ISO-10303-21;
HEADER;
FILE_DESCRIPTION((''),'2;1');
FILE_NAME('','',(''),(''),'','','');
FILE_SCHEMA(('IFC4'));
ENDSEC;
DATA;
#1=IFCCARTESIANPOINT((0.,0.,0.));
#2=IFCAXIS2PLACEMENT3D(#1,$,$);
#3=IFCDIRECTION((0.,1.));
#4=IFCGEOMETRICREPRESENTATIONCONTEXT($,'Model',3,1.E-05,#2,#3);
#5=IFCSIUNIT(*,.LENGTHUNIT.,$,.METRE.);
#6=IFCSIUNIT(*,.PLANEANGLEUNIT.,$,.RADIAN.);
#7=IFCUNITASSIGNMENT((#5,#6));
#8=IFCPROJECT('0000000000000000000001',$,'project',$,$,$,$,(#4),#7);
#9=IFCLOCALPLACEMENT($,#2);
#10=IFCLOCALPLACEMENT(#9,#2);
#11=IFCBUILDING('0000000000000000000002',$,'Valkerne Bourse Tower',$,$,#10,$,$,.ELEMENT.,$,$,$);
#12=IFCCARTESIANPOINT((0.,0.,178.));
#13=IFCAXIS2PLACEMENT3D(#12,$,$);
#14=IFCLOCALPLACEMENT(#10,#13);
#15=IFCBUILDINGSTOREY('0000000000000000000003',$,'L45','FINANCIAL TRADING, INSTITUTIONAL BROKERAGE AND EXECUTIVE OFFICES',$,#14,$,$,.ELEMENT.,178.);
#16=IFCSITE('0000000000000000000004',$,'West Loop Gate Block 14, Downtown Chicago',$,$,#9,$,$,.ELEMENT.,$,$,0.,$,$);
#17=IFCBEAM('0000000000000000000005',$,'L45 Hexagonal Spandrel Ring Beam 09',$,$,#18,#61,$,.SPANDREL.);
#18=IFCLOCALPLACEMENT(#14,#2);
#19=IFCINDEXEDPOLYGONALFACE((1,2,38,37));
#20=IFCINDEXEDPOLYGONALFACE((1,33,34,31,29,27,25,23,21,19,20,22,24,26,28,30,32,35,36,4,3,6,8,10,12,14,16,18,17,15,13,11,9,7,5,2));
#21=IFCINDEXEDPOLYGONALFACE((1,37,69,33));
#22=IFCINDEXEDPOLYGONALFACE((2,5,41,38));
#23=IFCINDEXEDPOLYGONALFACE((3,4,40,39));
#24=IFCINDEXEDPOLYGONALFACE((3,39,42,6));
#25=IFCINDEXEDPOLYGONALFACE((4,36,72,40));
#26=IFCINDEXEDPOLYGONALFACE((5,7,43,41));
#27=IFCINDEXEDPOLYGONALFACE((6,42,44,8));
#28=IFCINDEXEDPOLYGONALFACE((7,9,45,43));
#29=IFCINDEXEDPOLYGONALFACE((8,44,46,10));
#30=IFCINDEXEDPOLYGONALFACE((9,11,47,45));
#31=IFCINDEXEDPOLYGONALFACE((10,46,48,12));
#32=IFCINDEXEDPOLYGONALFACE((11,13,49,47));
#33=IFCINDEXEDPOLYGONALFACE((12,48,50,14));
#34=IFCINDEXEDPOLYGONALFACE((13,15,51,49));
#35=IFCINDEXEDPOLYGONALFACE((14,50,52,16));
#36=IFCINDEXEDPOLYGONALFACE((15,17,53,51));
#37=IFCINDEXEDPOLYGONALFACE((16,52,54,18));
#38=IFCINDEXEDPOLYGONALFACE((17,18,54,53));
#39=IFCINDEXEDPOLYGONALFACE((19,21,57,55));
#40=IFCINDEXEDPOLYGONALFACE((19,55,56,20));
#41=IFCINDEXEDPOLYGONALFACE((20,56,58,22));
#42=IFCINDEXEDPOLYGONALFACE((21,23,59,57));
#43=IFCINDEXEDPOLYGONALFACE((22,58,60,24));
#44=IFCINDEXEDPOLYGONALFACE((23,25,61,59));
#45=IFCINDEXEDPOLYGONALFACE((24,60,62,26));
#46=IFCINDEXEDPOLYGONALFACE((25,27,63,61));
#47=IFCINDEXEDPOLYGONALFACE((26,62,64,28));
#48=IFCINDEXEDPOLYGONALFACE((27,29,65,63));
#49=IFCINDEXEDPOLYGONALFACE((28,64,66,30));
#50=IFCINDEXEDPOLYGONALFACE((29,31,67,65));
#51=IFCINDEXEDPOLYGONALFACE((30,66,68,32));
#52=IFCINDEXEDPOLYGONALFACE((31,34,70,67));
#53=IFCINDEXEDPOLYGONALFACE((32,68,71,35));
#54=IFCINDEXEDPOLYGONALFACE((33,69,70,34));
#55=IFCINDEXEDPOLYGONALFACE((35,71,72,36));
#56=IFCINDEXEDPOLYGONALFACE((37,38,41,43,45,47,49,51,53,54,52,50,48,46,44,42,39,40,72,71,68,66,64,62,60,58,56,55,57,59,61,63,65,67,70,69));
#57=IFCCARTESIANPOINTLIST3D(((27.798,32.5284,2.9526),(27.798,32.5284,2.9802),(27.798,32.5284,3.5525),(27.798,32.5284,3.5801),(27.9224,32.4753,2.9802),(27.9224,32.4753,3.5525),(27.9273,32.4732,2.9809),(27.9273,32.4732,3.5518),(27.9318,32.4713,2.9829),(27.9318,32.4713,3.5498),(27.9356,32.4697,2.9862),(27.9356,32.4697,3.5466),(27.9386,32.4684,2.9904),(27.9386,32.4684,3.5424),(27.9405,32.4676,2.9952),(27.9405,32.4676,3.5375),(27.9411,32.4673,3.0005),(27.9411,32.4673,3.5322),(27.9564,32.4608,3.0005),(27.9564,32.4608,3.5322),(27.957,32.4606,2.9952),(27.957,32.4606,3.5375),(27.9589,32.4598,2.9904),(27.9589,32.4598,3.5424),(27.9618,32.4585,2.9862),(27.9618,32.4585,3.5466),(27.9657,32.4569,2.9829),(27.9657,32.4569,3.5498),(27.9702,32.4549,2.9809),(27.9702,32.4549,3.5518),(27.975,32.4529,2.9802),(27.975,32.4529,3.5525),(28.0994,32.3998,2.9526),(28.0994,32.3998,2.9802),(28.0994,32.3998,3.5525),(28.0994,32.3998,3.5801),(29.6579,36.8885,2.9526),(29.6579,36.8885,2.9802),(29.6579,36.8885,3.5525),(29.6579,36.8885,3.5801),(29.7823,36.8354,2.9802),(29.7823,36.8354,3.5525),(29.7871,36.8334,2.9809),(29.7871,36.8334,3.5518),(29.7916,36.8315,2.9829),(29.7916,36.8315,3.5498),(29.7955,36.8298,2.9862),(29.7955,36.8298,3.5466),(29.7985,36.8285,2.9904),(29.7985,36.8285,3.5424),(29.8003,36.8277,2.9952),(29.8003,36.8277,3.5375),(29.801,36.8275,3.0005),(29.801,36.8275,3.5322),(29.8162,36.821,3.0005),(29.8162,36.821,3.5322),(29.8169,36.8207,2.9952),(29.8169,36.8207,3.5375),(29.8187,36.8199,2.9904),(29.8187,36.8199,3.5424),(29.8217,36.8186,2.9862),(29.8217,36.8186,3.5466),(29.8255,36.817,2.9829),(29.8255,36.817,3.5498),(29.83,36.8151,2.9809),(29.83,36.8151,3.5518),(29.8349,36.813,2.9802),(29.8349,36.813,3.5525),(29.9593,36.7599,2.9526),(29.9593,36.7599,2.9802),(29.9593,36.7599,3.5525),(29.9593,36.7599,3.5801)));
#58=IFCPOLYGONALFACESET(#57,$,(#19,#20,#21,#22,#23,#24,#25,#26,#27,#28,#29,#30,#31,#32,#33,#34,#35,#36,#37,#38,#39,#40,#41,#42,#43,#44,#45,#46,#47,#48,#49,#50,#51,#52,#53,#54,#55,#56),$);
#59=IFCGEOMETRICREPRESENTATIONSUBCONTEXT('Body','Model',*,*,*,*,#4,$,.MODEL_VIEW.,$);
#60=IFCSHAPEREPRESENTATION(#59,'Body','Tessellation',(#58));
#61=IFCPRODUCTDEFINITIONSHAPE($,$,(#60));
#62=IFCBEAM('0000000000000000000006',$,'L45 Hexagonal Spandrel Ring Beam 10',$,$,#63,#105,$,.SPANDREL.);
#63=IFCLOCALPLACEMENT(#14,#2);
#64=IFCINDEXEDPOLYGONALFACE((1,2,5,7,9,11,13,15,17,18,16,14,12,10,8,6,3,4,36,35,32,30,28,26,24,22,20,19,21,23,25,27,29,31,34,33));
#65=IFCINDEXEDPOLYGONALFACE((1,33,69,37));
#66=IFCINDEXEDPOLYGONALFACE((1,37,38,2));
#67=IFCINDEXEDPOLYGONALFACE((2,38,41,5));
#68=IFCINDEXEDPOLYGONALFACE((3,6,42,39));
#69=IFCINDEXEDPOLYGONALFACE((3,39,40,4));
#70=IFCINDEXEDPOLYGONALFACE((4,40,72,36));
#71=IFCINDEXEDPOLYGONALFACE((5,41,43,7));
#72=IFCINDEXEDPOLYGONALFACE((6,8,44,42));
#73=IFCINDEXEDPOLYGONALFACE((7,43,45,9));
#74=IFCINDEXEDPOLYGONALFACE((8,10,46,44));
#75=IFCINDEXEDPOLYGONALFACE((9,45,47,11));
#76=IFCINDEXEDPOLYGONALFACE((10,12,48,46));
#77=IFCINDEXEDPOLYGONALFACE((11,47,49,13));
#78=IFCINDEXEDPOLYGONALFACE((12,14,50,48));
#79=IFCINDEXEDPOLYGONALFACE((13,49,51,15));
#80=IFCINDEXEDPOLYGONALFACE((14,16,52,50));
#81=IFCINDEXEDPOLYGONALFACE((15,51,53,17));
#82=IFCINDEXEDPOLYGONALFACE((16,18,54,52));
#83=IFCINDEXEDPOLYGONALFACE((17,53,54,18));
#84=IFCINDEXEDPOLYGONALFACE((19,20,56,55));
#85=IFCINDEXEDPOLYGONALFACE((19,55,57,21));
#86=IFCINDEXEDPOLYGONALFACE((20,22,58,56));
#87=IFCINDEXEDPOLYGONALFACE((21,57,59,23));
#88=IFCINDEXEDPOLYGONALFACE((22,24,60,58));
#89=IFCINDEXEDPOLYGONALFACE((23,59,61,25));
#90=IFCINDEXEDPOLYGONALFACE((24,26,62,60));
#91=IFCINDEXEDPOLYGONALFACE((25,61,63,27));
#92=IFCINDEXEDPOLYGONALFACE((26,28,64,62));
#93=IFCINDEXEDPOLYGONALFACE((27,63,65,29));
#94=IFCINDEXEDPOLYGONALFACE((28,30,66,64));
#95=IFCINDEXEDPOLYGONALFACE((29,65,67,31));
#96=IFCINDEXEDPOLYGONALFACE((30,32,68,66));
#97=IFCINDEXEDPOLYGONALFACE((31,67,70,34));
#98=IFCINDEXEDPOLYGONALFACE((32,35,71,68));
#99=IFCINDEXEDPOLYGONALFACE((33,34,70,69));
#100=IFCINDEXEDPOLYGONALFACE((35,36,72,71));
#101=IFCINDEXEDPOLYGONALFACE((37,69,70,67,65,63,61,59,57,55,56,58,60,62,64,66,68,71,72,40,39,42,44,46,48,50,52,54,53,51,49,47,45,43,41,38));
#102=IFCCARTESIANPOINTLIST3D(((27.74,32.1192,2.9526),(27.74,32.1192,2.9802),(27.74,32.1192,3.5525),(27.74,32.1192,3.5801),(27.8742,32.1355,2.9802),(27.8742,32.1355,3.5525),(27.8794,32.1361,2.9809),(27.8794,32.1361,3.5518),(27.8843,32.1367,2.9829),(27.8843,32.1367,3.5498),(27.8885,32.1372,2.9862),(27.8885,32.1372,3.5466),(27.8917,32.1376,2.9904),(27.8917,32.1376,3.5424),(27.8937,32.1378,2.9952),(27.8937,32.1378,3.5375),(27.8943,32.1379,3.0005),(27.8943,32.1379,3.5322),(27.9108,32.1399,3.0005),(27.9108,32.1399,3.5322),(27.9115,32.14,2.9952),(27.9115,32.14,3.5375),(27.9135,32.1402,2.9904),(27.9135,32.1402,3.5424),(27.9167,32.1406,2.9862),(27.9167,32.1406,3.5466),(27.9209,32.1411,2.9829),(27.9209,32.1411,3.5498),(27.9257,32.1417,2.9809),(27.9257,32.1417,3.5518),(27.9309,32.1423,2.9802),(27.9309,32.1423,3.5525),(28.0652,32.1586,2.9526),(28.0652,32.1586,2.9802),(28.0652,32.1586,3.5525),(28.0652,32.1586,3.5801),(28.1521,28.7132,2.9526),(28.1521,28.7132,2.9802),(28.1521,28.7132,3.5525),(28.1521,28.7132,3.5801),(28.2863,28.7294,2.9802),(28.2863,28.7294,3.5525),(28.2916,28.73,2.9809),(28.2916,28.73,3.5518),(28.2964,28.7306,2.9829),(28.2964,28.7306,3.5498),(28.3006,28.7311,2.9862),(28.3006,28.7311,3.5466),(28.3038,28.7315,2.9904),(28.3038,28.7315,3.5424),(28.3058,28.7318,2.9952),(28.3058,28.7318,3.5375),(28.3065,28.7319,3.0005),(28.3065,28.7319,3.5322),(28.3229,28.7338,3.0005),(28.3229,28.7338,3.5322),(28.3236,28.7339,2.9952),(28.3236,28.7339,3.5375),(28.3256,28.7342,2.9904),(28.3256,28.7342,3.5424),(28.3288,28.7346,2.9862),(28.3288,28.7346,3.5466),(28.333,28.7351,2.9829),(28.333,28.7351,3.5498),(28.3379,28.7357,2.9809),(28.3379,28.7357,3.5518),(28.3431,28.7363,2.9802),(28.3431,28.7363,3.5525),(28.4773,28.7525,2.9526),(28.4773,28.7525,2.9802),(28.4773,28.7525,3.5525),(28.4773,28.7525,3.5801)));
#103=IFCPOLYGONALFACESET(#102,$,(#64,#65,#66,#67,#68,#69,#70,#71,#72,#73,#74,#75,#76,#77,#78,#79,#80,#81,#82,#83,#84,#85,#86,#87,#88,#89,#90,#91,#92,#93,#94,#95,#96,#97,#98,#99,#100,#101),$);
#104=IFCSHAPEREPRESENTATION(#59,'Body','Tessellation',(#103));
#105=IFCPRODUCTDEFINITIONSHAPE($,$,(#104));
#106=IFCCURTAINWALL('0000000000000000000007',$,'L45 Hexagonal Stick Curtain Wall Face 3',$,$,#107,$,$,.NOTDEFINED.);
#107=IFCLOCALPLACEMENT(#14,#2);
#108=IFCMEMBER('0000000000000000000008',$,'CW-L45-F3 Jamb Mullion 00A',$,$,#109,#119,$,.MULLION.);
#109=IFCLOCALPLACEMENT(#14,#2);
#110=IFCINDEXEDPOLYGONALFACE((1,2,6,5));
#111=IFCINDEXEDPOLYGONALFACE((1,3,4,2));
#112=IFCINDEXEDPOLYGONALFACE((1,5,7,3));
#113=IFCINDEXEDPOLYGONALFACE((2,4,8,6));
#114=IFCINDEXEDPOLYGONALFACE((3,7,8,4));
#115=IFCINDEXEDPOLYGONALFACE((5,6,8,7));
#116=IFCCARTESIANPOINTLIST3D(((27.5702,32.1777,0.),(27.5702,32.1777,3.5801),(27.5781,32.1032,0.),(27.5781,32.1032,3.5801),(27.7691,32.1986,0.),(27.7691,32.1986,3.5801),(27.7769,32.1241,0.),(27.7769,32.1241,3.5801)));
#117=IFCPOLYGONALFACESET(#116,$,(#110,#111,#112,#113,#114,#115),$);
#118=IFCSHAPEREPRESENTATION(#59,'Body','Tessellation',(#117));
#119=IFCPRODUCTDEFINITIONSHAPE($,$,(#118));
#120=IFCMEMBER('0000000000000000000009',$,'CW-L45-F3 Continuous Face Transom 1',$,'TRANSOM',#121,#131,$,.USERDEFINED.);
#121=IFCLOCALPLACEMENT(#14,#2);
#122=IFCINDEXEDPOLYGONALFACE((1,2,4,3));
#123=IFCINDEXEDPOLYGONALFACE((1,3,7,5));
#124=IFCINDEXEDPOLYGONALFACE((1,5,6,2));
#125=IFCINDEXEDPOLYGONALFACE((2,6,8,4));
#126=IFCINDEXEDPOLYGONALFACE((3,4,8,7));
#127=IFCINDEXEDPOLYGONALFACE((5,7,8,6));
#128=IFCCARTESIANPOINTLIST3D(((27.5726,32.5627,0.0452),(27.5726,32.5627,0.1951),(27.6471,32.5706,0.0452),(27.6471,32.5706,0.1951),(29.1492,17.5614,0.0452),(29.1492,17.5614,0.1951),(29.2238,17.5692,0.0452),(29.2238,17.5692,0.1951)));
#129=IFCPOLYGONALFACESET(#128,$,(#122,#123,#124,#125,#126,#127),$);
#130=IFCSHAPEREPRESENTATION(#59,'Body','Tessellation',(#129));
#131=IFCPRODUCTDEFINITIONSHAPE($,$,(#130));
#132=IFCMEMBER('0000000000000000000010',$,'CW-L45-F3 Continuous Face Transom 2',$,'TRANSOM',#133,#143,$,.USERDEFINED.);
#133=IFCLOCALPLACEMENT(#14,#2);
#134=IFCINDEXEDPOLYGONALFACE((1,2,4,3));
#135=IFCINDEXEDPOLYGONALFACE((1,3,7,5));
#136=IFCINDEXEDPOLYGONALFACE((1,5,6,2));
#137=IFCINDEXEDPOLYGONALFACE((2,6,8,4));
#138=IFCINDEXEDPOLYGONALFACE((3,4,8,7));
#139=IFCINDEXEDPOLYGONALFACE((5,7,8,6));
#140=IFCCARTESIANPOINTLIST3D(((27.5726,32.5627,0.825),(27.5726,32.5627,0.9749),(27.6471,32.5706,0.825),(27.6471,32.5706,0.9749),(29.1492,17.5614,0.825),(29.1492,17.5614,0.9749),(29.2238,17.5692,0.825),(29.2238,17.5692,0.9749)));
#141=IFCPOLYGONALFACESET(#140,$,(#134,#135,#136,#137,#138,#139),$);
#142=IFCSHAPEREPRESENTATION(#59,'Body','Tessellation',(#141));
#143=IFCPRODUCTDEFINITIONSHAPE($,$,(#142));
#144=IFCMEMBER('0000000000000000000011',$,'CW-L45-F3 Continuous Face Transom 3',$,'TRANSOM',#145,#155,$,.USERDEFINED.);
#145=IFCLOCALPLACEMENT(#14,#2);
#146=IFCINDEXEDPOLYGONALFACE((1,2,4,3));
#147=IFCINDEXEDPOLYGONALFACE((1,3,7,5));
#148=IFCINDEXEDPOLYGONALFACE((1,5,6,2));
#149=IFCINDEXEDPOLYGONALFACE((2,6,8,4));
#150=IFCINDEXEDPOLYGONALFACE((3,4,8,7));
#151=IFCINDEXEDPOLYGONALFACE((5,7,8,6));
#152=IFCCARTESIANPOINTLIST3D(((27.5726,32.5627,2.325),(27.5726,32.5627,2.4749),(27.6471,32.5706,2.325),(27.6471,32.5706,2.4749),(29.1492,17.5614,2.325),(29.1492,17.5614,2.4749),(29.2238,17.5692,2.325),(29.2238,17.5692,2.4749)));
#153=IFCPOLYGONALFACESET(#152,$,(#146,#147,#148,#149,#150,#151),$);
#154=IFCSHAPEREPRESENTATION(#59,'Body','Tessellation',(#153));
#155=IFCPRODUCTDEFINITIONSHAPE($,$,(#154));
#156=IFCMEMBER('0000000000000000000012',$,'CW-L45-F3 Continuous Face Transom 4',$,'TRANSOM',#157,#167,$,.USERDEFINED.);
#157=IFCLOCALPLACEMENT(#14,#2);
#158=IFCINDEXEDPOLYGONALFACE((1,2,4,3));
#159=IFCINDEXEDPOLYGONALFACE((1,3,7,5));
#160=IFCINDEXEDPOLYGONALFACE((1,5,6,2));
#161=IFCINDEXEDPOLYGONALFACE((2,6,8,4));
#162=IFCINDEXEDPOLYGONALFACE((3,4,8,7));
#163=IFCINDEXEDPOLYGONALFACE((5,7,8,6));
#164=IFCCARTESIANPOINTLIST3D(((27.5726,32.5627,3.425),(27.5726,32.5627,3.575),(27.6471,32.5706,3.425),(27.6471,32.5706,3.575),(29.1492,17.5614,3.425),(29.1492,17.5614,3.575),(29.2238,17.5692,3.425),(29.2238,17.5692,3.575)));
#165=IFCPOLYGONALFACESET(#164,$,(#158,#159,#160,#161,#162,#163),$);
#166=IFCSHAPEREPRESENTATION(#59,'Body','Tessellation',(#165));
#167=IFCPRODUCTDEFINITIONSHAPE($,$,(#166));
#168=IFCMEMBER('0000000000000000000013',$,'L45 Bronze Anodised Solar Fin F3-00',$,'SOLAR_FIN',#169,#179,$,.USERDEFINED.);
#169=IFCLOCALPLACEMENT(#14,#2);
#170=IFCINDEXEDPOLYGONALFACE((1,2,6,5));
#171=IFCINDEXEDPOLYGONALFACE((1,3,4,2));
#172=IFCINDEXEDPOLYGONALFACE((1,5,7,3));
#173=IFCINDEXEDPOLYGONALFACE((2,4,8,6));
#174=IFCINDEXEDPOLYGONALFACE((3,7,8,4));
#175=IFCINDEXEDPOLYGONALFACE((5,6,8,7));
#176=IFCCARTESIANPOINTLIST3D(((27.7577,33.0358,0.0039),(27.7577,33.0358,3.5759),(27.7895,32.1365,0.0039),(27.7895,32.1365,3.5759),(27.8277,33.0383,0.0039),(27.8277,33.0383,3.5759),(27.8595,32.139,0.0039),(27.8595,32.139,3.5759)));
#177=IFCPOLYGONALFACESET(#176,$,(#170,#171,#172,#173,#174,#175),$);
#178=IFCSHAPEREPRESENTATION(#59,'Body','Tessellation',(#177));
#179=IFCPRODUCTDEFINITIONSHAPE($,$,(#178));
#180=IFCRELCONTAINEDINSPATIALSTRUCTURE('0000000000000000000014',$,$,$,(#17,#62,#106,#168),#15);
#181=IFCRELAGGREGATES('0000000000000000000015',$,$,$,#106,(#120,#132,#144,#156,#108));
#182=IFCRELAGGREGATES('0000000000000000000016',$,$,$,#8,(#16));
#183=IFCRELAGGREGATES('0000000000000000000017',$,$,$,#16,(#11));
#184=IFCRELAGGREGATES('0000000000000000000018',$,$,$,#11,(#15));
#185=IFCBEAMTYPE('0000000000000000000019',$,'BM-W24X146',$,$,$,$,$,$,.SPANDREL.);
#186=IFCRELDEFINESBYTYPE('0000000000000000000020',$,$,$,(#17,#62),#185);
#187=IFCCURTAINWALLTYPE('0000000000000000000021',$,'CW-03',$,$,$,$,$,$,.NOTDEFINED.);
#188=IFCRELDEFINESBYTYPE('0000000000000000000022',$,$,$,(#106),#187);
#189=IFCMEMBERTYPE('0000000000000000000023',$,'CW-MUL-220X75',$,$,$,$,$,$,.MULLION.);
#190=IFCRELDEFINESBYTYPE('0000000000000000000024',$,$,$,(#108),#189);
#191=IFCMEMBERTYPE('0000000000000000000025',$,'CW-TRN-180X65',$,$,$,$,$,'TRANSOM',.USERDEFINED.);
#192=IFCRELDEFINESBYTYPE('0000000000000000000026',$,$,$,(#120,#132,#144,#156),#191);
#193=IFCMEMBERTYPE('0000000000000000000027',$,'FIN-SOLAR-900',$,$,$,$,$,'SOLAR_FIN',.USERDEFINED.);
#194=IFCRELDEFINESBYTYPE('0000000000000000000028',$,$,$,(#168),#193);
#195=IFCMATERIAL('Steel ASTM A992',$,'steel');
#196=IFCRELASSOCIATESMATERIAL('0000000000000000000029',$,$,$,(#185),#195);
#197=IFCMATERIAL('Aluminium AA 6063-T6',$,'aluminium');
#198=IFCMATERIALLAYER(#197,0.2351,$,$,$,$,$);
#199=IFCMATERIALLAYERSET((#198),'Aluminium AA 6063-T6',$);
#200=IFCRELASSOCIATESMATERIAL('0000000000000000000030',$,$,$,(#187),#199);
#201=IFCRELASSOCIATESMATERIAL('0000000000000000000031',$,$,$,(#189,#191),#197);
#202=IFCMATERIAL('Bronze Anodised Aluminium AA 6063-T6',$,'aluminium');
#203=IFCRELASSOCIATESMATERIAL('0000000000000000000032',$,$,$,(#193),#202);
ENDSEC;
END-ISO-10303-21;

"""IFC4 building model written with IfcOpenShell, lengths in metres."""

from ifc_helpers import new_model, si_unit, direction, frame, origin, origin_2d, place, context, subcontext, project, spatial, rectangle, i_section, extrude, material, layer, layer_set, material_profile, profile_set, type_object, element, aggregate, save


model = new_model("IFC4")

# Units and contexts
model_context = context("Model", 3, precision=1e-05, world=origin(), true_north=direction((0.0, 1.0)))
body_context = subcontext(model_context, "Body", "Model", "MODEL_VIEW")
ifc_project = project(units=[si_unit("LENGTHUNIT", "METRE"), si_unit("PLANEANGLEUNIT", "RADIAN")], contexts=[model_context])

# Site, building, storey
site_placement = place(None, origin())
site = spatial("IfcSite", under=ifc_project, at=site_placement, Name="West Loop Gate Block 14, Downtown Chicago", CompositionType="ELEMENT", RefElevation=0.0)
building_placement = place(site_placement, origin())
building = spatial("IfcBuilding", under=site, at=building_placement, Name="Valkerne Bourse Tower", CompositionType="ELEMENT")
storey_placement = place(building_placement, frame((0.0, 0.0, 178.0)))
storey = spatial("IfcBuildingStorey", under=building, at=storey_placement, Name="L45", Description="FINANCIAL TRADING, INSTITUTIONAL BROKERAGE AND EXECUTIVE OFFICES", CompositionType="ELEMENT", Elevation=178.0)

# Beams
ifc_material_1 = material(Name="Steel ASTM A992", Category="steel")
ifc_material_profile_1 = material_profile(ifc_material_1, i_section(OverallWidth=0.3276, OverallDepth=0.6274, WebThickness=0.0166, FlangeThickness=0.0276, FilletRadius=0.0203, at=origin_2d()), Name="W24X146")
ifc_profile_set_1 = profile_set([ifc_material_profile_1], Name="Steel ASTM A992")
beam_type_1 = type_object("IfcBeamType", Name="BM-W24X146", PredefinedType="SPANDREL", material=ifc_profile_set_1)
beam_1_placement = place(storey_placement, frame((29.8086, 36.8242, 3.2664), z_axis=(-0.392359, -0.919812, 0.0), x_axis=(0.919812, -0.392359, 0.0)))
element("IfcBeam", 1, at=beam_1_placement, inside=storey, type_object=beam_type_1, Name="L45 Hexagonal Spandrel Ring Beam 09", PredefinedType="SPANDREL", context=body_context, shape_type="SweptSolid", body=[
    extrude(i_section(OverallWidth=0.3276, OverallDepth=0.6274, WebThickness=0.0166, FlangeThickness=0.0276, FilletRadius=0.0203, at=origin_2d()), origin(), (0.0, 0.0, 1.0), 4.7402),
])
beam_2_placement = place(storey_placement, frame((27.9026, 32.1389, 3.2664), z_axis=(0.120119, -0.99276, 0.0), x_axis=(0.99276, 0.120119, 0.0)))
element("IfcBeam", 2, at=beam_2_placement, inside=storey, type_object=beam_type_1, Name="L45 Hexagonal Spandrel Ring Beam 10", PredefinedType="SPANDREL", context=body_context, shape_type="SweptSolid", body=[
    extrude(i_section(OverallWidth=0.3276, OverallDepth=0.6274, WebThickness=0.0166, FlangeThickness=0.0276, FilletRadius=0.0203, at=origin_2d()), origin(), (0.0, 0.0, 1.0), 3.4309),
])

# Curtain wall, members
ifc_material_2 = material(Name="Aluminium AA 6063-T6", Category="aluminium")
ifc_layer_1 = layer(ifc_material_2, 0.2351)
ifc_layer_set_1 = layer_set([ifc_layer_1], Name="Aluminium AA 6063-T6")
curtain_wall_type = type_object("IfcCurtainWallType", Name="CW-03", PredefinedType="NOTDEFINED", material=ifc_layer_set_1)
curtain_wall_placement = place(storey_placement, origin())
curtain_wall = element("IfcCurtainWall", 3, at=curtain_wall_placement, inside=storey, type_object=curtain_wall_type, Name="L45 Hexagonal Stick Curtain Wall Face 3", PredefinedType="NOTDEFINED")
ifc_material_profile_2 = material_profile(ifc_material_2, rectangle(XDim=0.075, YDim=0.2, at=origin_2d()), Name="CWM-75X200")
ifc_profile_set_2 = profile_set([ifc_material_profile_2], Name="Aluminium AA 6063-T6")
member_type_1 = type_object("IfcMemberType", Name="CW-MUL-220X75", PredefinedType="MULLION", material=ifc_profile_set_2)
member_1_placement = place(storey_placement, frame((27.6736, 32.1509, 0.0), z_axis=(0.0, 0.0, 1.0), x_axis=(0.104536, -0.994521, 0.0)))
member_1 = element("IfcMember", 4, at=member_1_placement, type_object=member_type_1, Name="CW-L45-F3 Jamb Mullion 00A", PredefinedType="MULLION", context=body_context, shape_type="SweptSolid", body=[
    extrude(rectangle(XDim=0.075, YDim=0.2, at=origin_2d()), origin(), (0.0, 0.0, 1.0), 3.5801),
])
ifc_material_profile_3 = material_profile(ifc_material_2, rectangle(XDim=0.075, YDim=0.1499, at=origin_2d()), Name="CWT-75X150")
ifc_profile_set_3 = profile_set([ifc_material_profile_3], Name="Aluminium AA 6063-T6")
member_type_2 = type_object("IfcMemberType", Name="CW-TRN-180X65", ElementType="TRANSOM", PredefinedType="USERDEFINED", material=ifc_profile_set_3)
member_2_placement = place(storey_placement, frame((27.6099, 32.5667, 0.1201), z_axis=(0.104525, -0.994522, 0.0), x_axis=(0.994522, 0.104525, 0.0)))
member_2 = element("IfcMember", 5, at=member_2_placement, type_object=member_type_2, Name="CW-L45-F3 Continuous Face Transom 1", ObjectType="TRANSOM", PredefinedType="USERDEFINED", context=body_context, shape_type="SweptSolid", body=[
    extrude(rectangle(XDim=0.075, YDim=0.1499, at=origin_2d()), origin(), (0.0, 0.0, 1.0), 15.084),
])
member_3_placement = place(storey_placement, frame((27.6099, 32.5667, 0.8999), z_axis=(0.104525, -0.994522, 0.0), x_axis=(0.994522, 0.104525, 0.0)))
member_3 = element("IfcMember", 6, at=member_3_placement, type_object=member_type_2, Name="CW-L45-F3 Continuous Face Transom 2", ObjectType="TRANSOM", PredefinedType="USERDEFINED", context=body_context, shape_type="SweptSolid", body=[
    extrude(rectangle(XDim=0.075, YDim=0.1499, at=origin_2d()), origin(), (0.0, 0.0, 1.0), 15.084),
])
member_4_placement = place(storey_placement, frame((27.6099, 32.5667, 2.3999), z_axis=(0.104525, -0.994522, 0.0), x_axis=(0.994522, 0.104525, 0.0)))
member_4 = element("IfcMember", 7, at=member_4_placement, type_object=member_type_2, Name="CW-L45-F3 Continuous Face Transom 3", ObjectType="TRANSOM", PredefinedType="USERDEFINED", context=body_context, shape_type="SweptSolid", body=[
    extrude(rectangle(XDim=0.075, YDim=0.1499, at=origin_2d()), origin(), (0.0, 0.0, 1.0), 15.084),
])
member_5_placement = place(storey_placement, frame((27.6099, 32.5667, 3.5), z_axis=(0.104525, -0.994522, 0.0), x_axis=(0.994522, 0.104525, 0.0)))
member_5 = element("IfcMember", 8, at=member_5_placement, type_object=member_type_2, Name="CW-L45-F3 Continuous Face Transom 4", ObjectType="TRANSOM", PredefinedType="USERDEFINED", context=body_context, shape_type="SweptSolid", body=[
    extrude(rectangle(XDim=0.075, YDim=0.1499, at=origin_2d()), origin(), (0.0, 0.0, 1.0), 15.084),
])
aggregate(curtain_wall, [member_2, member_3, member_4, member_5, member_1])

# Member
ifc_material_3 = material(Name="Bronze Anodised Aluminium AA 6063-T6", Category="aluminium")
ifc_material_profile_4 = material_profile(ifc_material_3, rectangle(XDim=0.0701, YDim=0.8999, at=origin_2d()), Name="FIN-70X900")
ifc_profile_set_4 = profile_set([ifc_material_profile_4], Name="Bronze Anodised Aluminium AA 6063-T6")
member_type_3 = type_object("IfcMemberType", Name="FIN-SOLAR-900", ElementType="SOLAR_FIN", PredefinedType="USERDEFINED", material=ifc_profile_set_4)
member_6_placement = place(storey_placement, frame((27.8086, 32.5874, 0.0039), z_axis=(0.0, 0.0, 1.0), x_axis=(-0.999376, -0.035323, 0.0)))
element("IfcMember", 9, at=member_6_placement, inside=storey, type_object=member_type_3, Name="L45 Bronze Anodised Solar Fin F3-00", ObjectType="SOLAR_FIN", PredefinedType="USERDEFINED", context=body_context, shape_type="SweptSolid", body=[
    extrude(rectangle(XDim=0.0701, YDim=0.8999, at=origin_2d()), origin(), (0.0, 0.0, 1.0), 3.572),
])

save(model, "model.ifc")
